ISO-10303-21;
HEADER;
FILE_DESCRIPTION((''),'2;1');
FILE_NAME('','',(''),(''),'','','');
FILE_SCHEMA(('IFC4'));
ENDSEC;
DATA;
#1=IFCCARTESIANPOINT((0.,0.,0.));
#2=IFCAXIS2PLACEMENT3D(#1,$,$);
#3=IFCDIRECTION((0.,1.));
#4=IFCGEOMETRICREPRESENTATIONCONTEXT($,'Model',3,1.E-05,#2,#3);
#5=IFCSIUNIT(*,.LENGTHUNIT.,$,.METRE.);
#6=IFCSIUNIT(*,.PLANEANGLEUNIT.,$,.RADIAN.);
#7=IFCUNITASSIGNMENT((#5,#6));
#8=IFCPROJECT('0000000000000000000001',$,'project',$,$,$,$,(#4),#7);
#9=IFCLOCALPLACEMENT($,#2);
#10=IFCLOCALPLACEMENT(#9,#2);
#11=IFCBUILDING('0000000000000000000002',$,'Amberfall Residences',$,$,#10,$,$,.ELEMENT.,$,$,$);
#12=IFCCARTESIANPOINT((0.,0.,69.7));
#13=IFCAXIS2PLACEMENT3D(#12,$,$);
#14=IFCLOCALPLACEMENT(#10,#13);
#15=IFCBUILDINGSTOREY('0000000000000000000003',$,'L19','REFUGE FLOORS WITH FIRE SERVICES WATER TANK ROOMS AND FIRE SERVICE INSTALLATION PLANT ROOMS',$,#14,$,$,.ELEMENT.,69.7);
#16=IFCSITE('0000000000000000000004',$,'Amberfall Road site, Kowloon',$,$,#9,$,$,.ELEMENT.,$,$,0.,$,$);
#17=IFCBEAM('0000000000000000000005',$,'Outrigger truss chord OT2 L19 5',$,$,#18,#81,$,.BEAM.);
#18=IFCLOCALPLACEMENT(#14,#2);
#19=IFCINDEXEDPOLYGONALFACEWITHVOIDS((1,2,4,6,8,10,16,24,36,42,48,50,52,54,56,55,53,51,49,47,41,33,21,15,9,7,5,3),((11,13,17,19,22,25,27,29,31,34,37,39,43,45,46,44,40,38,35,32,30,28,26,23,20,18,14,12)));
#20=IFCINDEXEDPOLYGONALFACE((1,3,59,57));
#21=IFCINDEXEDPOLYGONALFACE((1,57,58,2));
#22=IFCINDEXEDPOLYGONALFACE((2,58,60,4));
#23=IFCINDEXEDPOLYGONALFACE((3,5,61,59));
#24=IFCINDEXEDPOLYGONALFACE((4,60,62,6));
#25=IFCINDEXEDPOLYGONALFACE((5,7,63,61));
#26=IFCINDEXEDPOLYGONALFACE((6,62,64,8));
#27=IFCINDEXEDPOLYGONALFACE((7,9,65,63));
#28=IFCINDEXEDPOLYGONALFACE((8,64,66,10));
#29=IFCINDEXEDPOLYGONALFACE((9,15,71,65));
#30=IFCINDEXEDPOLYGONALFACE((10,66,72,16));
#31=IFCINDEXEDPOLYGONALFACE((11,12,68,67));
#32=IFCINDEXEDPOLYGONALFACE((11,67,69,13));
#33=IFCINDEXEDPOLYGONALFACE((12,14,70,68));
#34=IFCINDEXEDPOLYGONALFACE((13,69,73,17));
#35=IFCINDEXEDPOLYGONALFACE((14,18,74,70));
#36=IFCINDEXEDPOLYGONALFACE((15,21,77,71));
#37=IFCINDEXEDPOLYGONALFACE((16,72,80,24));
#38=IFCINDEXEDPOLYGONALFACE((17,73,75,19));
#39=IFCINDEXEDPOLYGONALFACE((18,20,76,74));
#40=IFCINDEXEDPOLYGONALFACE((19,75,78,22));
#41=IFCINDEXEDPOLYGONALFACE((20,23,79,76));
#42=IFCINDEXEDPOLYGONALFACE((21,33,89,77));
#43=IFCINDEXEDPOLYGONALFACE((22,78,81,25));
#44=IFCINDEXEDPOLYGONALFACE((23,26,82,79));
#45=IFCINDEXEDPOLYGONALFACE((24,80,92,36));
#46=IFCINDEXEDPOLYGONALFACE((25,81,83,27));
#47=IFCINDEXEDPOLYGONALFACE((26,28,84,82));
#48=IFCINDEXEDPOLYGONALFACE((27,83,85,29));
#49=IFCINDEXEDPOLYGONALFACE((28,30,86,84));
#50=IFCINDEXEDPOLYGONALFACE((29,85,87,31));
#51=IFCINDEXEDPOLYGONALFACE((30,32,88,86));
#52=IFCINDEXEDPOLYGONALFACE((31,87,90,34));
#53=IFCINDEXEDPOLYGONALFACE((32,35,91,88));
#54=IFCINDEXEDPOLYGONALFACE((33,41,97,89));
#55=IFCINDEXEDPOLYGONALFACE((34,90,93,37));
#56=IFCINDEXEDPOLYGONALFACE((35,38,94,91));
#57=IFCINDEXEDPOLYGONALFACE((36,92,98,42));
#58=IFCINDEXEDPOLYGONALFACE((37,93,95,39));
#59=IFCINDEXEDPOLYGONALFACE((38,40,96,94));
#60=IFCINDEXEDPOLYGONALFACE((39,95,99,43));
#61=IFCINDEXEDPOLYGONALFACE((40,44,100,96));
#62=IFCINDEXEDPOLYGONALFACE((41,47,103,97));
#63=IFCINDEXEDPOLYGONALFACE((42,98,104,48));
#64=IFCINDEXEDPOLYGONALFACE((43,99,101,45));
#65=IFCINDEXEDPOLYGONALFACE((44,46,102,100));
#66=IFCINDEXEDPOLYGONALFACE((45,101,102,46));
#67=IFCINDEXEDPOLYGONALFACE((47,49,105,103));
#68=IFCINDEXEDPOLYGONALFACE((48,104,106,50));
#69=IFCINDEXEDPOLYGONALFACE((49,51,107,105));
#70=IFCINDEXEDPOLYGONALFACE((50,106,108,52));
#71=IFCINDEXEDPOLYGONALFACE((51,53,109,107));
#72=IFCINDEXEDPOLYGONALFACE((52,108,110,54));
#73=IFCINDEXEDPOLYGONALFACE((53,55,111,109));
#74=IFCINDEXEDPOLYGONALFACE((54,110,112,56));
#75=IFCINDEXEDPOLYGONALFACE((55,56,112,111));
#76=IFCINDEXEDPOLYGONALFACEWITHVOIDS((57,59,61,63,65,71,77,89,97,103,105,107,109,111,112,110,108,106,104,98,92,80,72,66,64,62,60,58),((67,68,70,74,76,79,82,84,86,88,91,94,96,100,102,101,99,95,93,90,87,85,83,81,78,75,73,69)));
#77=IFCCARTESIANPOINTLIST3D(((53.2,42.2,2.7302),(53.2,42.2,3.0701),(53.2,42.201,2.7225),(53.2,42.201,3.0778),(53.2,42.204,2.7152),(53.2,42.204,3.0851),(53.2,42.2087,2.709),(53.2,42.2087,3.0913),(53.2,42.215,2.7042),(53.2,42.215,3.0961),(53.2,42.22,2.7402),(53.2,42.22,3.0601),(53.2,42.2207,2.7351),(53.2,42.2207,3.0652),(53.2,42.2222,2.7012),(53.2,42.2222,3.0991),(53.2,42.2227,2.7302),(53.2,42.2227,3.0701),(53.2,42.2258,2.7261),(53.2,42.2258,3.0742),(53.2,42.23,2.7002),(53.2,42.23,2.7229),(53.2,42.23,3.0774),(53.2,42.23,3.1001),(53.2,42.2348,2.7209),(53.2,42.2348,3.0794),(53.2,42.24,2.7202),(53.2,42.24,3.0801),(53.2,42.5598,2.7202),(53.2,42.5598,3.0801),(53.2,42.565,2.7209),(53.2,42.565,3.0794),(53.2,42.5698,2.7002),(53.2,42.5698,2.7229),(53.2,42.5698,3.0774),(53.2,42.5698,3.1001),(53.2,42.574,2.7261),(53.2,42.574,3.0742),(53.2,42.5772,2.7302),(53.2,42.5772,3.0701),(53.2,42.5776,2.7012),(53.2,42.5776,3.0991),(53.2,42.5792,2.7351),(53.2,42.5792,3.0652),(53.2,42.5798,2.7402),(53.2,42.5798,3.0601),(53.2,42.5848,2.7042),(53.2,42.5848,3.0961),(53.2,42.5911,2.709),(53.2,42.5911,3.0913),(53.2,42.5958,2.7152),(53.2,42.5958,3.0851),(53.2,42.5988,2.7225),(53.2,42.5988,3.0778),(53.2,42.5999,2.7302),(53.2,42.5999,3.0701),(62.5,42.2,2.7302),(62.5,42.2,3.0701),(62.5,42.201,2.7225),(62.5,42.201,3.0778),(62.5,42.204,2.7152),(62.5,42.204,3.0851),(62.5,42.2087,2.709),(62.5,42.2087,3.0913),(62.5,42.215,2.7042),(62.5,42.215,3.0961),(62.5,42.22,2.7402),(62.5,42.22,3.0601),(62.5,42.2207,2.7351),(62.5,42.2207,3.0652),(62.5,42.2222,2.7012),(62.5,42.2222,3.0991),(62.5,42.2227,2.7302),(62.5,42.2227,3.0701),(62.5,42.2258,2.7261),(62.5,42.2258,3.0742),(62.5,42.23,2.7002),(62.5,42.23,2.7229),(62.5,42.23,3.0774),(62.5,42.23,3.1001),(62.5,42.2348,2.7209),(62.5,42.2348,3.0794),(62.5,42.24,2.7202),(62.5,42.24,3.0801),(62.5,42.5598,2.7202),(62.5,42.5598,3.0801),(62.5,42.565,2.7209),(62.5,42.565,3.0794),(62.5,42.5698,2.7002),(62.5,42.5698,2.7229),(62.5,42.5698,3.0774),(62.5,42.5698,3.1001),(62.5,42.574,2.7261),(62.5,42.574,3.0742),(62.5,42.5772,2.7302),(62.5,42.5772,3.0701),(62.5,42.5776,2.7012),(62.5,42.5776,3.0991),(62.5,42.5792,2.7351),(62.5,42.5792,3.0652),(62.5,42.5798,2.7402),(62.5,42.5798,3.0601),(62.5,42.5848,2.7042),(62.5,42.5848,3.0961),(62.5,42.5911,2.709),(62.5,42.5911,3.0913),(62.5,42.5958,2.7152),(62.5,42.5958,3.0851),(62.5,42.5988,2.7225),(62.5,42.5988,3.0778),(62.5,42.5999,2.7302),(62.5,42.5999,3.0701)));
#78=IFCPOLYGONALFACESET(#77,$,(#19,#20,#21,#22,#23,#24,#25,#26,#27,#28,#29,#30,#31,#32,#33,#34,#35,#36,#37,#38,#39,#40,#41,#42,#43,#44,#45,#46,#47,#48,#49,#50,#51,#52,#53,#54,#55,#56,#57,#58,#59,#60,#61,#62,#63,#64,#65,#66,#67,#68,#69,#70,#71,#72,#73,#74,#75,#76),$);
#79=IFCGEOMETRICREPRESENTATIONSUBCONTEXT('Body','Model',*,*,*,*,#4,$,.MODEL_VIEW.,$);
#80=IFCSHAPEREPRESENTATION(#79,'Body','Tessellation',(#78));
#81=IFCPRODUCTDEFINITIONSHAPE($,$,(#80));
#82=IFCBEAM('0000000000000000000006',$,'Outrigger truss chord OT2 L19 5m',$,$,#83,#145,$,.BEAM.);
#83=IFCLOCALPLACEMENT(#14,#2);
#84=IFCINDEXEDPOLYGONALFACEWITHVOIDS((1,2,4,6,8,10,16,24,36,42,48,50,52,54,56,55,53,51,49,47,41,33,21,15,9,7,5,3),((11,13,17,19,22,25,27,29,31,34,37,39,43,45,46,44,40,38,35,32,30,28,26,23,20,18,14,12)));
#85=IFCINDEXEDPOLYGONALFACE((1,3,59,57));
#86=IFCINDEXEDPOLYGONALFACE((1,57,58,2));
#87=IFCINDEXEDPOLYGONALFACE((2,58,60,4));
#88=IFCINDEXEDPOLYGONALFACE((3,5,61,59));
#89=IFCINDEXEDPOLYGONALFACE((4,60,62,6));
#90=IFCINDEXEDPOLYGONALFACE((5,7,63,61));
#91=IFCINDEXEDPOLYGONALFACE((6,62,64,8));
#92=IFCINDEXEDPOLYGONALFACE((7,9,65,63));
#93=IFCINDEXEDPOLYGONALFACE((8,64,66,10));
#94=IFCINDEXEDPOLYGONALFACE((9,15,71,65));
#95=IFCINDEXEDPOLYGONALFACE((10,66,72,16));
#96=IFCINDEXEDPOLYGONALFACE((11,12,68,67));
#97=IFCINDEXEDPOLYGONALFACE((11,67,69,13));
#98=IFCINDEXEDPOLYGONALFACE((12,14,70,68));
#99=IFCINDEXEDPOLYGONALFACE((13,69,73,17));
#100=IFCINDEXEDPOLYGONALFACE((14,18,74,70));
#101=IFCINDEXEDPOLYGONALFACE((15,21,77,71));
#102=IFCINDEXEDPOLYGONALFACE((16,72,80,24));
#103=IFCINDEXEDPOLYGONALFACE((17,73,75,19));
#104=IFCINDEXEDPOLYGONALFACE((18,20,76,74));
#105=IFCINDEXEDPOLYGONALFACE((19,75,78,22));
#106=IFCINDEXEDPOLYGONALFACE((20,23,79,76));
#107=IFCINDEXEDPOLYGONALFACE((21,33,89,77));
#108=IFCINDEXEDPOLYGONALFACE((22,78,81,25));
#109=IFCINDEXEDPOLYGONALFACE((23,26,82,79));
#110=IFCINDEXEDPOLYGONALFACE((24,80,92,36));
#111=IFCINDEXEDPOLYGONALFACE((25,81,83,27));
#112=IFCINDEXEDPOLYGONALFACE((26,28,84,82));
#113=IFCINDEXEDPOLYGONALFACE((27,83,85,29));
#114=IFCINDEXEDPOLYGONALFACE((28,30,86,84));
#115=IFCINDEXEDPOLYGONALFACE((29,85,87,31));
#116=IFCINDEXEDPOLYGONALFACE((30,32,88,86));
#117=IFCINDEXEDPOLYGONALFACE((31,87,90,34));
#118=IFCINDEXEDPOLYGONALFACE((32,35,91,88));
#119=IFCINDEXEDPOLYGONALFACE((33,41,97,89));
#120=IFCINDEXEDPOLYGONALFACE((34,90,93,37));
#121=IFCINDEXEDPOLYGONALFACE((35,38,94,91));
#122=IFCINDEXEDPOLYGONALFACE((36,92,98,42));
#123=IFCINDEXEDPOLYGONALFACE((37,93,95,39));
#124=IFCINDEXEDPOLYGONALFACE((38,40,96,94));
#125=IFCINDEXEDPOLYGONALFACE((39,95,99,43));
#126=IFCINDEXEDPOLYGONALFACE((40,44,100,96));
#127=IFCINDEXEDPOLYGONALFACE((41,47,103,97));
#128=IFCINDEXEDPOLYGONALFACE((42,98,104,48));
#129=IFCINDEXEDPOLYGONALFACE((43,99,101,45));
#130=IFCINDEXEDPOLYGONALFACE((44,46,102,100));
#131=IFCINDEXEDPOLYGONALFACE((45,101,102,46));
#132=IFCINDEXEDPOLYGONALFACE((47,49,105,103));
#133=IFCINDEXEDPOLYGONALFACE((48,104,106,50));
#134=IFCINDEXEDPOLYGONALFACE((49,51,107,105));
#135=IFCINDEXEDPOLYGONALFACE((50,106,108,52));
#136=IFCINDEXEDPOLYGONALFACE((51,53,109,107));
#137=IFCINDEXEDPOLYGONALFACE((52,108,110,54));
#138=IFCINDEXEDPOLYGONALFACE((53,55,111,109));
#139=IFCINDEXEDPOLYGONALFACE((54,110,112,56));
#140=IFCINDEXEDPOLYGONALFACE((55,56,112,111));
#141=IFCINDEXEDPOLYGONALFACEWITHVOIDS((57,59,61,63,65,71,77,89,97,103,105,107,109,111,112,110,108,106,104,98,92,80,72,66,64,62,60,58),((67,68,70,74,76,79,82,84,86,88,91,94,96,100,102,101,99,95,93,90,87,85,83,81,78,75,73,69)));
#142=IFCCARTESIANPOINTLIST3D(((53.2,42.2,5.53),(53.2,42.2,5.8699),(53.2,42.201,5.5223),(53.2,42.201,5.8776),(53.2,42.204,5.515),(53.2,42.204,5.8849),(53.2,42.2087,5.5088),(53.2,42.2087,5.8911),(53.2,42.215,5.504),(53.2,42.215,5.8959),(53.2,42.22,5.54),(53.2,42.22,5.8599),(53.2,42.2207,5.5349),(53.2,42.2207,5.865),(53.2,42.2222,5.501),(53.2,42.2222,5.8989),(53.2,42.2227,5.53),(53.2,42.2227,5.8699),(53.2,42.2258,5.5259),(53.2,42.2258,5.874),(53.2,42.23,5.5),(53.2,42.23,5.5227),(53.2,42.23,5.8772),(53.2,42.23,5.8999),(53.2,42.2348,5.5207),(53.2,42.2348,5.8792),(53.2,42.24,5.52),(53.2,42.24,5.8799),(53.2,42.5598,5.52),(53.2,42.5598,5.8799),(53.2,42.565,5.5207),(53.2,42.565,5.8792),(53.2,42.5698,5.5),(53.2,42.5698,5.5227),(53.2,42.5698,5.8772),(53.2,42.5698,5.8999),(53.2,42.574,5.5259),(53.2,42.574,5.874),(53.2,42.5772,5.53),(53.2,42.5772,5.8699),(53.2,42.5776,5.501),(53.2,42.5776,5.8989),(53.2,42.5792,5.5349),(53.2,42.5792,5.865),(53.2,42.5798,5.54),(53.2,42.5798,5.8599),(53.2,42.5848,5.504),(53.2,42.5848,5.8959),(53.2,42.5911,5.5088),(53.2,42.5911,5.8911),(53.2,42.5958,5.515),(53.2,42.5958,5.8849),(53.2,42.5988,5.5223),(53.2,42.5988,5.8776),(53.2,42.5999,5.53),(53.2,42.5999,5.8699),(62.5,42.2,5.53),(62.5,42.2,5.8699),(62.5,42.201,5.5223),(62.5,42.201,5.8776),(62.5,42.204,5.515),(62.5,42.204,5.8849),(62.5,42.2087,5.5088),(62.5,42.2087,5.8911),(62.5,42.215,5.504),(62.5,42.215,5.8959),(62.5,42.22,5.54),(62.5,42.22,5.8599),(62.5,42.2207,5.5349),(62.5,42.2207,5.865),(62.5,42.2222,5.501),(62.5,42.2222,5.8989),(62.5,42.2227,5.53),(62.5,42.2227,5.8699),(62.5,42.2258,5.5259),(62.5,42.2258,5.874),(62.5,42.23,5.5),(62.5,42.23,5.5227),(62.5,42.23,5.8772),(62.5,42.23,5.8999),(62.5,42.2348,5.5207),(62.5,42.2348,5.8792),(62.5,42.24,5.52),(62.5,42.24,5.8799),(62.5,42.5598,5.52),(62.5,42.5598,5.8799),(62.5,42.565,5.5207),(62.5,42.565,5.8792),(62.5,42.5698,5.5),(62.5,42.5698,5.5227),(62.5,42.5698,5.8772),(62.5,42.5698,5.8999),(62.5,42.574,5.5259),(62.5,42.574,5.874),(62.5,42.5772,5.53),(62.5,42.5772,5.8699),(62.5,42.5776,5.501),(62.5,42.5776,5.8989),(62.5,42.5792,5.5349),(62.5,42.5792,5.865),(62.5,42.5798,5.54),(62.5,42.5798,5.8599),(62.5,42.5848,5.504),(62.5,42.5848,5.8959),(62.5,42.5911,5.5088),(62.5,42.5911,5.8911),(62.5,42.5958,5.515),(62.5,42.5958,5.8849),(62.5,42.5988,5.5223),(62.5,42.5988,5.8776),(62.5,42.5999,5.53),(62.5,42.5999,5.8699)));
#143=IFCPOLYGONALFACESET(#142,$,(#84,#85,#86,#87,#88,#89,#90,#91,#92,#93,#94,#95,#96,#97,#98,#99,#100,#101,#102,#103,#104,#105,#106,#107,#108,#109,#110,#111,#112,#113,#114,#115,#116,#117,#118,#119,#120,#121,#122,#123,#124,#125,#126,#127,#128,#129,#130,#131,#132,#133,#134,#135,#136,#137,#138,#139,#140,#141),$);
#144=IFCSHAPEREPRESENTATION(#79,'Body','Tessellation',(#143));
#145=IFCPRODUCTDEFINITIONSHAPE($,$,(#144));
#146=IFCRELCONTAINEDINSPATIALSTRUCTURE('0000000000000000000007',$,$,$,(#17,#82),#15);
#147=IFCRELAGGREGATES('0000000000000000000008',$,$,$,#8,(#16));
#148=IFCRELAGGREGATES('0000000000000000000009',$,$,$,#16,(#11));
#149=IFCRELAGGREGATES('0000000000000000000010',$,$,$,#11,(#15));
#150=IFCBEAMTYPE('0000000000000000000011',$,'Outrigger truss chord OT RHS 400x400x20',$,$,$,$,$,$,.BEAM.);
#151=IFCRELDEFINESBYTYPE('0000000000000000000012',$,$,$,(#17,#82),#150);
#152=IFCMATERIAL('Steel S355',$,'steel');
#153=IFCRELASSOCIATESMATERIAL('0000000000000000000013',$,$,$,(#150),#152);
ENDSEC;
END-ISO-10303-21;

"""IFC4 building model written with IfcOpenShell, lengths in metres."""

from ifc_helpers import new_model, si_unit, direction, frame, origin, origin_2d, place, context, subcontext, project, spatial, hollow_rectangle, extrude, material, material_profile, profile_set, type_object, element, save


model = new_model("IFC4")

# Units and contexts
model_context = context("Model", 3, precision=1e-05, world=origin(), true_north=direction((0.0, 1.0)))
body_context = subcontext(model_context, "Body", "Model", "MODEL_VIEW")
ifc_project = project(units=[si_unit("LENGTHUNIT", "METRE"), si_unit("PLANEANGLEUNIT", "RADIAN")], contexts=[model_context])

# Site, building, storey
site_placement = place(None, origin())
site = spatial("IfcSite", under=ifc_project, at=site_placement, Name="Amberfall Road site, Kowloon", CompositionType="ELEMENT", RefElevation=0.0)
building_placement = place(site_placement, origin())
building = spatial("IfcBuilding", under=site, at=building_placement, Name="Amberfall Residences", CompositionType="ELEMENT")
storey_placement = place(building_placement, frame((0.0, 0.0, 69.7)))
storey = spatial("IfcBuildingStorey", under=building, at=storey_placement, Name="L19", Description="REFUGE FLOORS WITH FIRE SERVICES WATER TANK ROOMS AND FIRE SERVICE INSTALLATION PLANT ROOMS", CompositionType="ELEMENT", Elevation=69.7)

# Shared definitions
ifc_material_1 = material(Name="Steel S355", Category="steel")

# Beams
ifc_material_profile_1 = material_profile(ifc_material_1, hollow_rectangle(XDim=0.3999, YDim=0.3999, WallThickness=0.02, InnerFilletRadius=0.02, OuterFilletRadius=0.03, at=origin_2d()), Name="RHS 400x400x20")
ifc_profile_set_1 = profile_set([ifc_material_profile_1], Name="Steel S355")
beam_type_1 = type_object("IfcBeamType", Name="Outrigger truss chord OT RHS 400x400x20", PredefinedType="BEAM", material=ifc_profile_set_1)
for number, where, z_axis, x_axis, name in (
    (1, (53.2, 42.3999, 2.9001), (1.0, 0.0, 0.0), (0.0, 1.0, 0.0), "Outrigger truss chord OT2 L19 5"),
    (2, (53.2, 42.3999, 5.7), (1.0, 0.0, 0.0), (0.0, 1.0, 0.0), "Outrigger truss chord OT2 L19 5m"),
):
    element("IfcBeam", number, at=place(storey_placement, frame(where, z_axis=z_axis, x_axis=x_axis)), inside=storey, type_object=beam_type_1, Name=name, PredefinedType="BEAM", context=body_context, shape_type="SweptSolid", body=[
        extrude(hollow_rectangle(XDim=0.3999, YDim=0.3999, WallThickness=0.02, InnerFilletRadius=0.02, OuterFilletRadius=0.03, at=origin_2d()), origin(), (0.0, 0.0, 1.0), 9.3),
    ])

save(model, "model.ifc")
